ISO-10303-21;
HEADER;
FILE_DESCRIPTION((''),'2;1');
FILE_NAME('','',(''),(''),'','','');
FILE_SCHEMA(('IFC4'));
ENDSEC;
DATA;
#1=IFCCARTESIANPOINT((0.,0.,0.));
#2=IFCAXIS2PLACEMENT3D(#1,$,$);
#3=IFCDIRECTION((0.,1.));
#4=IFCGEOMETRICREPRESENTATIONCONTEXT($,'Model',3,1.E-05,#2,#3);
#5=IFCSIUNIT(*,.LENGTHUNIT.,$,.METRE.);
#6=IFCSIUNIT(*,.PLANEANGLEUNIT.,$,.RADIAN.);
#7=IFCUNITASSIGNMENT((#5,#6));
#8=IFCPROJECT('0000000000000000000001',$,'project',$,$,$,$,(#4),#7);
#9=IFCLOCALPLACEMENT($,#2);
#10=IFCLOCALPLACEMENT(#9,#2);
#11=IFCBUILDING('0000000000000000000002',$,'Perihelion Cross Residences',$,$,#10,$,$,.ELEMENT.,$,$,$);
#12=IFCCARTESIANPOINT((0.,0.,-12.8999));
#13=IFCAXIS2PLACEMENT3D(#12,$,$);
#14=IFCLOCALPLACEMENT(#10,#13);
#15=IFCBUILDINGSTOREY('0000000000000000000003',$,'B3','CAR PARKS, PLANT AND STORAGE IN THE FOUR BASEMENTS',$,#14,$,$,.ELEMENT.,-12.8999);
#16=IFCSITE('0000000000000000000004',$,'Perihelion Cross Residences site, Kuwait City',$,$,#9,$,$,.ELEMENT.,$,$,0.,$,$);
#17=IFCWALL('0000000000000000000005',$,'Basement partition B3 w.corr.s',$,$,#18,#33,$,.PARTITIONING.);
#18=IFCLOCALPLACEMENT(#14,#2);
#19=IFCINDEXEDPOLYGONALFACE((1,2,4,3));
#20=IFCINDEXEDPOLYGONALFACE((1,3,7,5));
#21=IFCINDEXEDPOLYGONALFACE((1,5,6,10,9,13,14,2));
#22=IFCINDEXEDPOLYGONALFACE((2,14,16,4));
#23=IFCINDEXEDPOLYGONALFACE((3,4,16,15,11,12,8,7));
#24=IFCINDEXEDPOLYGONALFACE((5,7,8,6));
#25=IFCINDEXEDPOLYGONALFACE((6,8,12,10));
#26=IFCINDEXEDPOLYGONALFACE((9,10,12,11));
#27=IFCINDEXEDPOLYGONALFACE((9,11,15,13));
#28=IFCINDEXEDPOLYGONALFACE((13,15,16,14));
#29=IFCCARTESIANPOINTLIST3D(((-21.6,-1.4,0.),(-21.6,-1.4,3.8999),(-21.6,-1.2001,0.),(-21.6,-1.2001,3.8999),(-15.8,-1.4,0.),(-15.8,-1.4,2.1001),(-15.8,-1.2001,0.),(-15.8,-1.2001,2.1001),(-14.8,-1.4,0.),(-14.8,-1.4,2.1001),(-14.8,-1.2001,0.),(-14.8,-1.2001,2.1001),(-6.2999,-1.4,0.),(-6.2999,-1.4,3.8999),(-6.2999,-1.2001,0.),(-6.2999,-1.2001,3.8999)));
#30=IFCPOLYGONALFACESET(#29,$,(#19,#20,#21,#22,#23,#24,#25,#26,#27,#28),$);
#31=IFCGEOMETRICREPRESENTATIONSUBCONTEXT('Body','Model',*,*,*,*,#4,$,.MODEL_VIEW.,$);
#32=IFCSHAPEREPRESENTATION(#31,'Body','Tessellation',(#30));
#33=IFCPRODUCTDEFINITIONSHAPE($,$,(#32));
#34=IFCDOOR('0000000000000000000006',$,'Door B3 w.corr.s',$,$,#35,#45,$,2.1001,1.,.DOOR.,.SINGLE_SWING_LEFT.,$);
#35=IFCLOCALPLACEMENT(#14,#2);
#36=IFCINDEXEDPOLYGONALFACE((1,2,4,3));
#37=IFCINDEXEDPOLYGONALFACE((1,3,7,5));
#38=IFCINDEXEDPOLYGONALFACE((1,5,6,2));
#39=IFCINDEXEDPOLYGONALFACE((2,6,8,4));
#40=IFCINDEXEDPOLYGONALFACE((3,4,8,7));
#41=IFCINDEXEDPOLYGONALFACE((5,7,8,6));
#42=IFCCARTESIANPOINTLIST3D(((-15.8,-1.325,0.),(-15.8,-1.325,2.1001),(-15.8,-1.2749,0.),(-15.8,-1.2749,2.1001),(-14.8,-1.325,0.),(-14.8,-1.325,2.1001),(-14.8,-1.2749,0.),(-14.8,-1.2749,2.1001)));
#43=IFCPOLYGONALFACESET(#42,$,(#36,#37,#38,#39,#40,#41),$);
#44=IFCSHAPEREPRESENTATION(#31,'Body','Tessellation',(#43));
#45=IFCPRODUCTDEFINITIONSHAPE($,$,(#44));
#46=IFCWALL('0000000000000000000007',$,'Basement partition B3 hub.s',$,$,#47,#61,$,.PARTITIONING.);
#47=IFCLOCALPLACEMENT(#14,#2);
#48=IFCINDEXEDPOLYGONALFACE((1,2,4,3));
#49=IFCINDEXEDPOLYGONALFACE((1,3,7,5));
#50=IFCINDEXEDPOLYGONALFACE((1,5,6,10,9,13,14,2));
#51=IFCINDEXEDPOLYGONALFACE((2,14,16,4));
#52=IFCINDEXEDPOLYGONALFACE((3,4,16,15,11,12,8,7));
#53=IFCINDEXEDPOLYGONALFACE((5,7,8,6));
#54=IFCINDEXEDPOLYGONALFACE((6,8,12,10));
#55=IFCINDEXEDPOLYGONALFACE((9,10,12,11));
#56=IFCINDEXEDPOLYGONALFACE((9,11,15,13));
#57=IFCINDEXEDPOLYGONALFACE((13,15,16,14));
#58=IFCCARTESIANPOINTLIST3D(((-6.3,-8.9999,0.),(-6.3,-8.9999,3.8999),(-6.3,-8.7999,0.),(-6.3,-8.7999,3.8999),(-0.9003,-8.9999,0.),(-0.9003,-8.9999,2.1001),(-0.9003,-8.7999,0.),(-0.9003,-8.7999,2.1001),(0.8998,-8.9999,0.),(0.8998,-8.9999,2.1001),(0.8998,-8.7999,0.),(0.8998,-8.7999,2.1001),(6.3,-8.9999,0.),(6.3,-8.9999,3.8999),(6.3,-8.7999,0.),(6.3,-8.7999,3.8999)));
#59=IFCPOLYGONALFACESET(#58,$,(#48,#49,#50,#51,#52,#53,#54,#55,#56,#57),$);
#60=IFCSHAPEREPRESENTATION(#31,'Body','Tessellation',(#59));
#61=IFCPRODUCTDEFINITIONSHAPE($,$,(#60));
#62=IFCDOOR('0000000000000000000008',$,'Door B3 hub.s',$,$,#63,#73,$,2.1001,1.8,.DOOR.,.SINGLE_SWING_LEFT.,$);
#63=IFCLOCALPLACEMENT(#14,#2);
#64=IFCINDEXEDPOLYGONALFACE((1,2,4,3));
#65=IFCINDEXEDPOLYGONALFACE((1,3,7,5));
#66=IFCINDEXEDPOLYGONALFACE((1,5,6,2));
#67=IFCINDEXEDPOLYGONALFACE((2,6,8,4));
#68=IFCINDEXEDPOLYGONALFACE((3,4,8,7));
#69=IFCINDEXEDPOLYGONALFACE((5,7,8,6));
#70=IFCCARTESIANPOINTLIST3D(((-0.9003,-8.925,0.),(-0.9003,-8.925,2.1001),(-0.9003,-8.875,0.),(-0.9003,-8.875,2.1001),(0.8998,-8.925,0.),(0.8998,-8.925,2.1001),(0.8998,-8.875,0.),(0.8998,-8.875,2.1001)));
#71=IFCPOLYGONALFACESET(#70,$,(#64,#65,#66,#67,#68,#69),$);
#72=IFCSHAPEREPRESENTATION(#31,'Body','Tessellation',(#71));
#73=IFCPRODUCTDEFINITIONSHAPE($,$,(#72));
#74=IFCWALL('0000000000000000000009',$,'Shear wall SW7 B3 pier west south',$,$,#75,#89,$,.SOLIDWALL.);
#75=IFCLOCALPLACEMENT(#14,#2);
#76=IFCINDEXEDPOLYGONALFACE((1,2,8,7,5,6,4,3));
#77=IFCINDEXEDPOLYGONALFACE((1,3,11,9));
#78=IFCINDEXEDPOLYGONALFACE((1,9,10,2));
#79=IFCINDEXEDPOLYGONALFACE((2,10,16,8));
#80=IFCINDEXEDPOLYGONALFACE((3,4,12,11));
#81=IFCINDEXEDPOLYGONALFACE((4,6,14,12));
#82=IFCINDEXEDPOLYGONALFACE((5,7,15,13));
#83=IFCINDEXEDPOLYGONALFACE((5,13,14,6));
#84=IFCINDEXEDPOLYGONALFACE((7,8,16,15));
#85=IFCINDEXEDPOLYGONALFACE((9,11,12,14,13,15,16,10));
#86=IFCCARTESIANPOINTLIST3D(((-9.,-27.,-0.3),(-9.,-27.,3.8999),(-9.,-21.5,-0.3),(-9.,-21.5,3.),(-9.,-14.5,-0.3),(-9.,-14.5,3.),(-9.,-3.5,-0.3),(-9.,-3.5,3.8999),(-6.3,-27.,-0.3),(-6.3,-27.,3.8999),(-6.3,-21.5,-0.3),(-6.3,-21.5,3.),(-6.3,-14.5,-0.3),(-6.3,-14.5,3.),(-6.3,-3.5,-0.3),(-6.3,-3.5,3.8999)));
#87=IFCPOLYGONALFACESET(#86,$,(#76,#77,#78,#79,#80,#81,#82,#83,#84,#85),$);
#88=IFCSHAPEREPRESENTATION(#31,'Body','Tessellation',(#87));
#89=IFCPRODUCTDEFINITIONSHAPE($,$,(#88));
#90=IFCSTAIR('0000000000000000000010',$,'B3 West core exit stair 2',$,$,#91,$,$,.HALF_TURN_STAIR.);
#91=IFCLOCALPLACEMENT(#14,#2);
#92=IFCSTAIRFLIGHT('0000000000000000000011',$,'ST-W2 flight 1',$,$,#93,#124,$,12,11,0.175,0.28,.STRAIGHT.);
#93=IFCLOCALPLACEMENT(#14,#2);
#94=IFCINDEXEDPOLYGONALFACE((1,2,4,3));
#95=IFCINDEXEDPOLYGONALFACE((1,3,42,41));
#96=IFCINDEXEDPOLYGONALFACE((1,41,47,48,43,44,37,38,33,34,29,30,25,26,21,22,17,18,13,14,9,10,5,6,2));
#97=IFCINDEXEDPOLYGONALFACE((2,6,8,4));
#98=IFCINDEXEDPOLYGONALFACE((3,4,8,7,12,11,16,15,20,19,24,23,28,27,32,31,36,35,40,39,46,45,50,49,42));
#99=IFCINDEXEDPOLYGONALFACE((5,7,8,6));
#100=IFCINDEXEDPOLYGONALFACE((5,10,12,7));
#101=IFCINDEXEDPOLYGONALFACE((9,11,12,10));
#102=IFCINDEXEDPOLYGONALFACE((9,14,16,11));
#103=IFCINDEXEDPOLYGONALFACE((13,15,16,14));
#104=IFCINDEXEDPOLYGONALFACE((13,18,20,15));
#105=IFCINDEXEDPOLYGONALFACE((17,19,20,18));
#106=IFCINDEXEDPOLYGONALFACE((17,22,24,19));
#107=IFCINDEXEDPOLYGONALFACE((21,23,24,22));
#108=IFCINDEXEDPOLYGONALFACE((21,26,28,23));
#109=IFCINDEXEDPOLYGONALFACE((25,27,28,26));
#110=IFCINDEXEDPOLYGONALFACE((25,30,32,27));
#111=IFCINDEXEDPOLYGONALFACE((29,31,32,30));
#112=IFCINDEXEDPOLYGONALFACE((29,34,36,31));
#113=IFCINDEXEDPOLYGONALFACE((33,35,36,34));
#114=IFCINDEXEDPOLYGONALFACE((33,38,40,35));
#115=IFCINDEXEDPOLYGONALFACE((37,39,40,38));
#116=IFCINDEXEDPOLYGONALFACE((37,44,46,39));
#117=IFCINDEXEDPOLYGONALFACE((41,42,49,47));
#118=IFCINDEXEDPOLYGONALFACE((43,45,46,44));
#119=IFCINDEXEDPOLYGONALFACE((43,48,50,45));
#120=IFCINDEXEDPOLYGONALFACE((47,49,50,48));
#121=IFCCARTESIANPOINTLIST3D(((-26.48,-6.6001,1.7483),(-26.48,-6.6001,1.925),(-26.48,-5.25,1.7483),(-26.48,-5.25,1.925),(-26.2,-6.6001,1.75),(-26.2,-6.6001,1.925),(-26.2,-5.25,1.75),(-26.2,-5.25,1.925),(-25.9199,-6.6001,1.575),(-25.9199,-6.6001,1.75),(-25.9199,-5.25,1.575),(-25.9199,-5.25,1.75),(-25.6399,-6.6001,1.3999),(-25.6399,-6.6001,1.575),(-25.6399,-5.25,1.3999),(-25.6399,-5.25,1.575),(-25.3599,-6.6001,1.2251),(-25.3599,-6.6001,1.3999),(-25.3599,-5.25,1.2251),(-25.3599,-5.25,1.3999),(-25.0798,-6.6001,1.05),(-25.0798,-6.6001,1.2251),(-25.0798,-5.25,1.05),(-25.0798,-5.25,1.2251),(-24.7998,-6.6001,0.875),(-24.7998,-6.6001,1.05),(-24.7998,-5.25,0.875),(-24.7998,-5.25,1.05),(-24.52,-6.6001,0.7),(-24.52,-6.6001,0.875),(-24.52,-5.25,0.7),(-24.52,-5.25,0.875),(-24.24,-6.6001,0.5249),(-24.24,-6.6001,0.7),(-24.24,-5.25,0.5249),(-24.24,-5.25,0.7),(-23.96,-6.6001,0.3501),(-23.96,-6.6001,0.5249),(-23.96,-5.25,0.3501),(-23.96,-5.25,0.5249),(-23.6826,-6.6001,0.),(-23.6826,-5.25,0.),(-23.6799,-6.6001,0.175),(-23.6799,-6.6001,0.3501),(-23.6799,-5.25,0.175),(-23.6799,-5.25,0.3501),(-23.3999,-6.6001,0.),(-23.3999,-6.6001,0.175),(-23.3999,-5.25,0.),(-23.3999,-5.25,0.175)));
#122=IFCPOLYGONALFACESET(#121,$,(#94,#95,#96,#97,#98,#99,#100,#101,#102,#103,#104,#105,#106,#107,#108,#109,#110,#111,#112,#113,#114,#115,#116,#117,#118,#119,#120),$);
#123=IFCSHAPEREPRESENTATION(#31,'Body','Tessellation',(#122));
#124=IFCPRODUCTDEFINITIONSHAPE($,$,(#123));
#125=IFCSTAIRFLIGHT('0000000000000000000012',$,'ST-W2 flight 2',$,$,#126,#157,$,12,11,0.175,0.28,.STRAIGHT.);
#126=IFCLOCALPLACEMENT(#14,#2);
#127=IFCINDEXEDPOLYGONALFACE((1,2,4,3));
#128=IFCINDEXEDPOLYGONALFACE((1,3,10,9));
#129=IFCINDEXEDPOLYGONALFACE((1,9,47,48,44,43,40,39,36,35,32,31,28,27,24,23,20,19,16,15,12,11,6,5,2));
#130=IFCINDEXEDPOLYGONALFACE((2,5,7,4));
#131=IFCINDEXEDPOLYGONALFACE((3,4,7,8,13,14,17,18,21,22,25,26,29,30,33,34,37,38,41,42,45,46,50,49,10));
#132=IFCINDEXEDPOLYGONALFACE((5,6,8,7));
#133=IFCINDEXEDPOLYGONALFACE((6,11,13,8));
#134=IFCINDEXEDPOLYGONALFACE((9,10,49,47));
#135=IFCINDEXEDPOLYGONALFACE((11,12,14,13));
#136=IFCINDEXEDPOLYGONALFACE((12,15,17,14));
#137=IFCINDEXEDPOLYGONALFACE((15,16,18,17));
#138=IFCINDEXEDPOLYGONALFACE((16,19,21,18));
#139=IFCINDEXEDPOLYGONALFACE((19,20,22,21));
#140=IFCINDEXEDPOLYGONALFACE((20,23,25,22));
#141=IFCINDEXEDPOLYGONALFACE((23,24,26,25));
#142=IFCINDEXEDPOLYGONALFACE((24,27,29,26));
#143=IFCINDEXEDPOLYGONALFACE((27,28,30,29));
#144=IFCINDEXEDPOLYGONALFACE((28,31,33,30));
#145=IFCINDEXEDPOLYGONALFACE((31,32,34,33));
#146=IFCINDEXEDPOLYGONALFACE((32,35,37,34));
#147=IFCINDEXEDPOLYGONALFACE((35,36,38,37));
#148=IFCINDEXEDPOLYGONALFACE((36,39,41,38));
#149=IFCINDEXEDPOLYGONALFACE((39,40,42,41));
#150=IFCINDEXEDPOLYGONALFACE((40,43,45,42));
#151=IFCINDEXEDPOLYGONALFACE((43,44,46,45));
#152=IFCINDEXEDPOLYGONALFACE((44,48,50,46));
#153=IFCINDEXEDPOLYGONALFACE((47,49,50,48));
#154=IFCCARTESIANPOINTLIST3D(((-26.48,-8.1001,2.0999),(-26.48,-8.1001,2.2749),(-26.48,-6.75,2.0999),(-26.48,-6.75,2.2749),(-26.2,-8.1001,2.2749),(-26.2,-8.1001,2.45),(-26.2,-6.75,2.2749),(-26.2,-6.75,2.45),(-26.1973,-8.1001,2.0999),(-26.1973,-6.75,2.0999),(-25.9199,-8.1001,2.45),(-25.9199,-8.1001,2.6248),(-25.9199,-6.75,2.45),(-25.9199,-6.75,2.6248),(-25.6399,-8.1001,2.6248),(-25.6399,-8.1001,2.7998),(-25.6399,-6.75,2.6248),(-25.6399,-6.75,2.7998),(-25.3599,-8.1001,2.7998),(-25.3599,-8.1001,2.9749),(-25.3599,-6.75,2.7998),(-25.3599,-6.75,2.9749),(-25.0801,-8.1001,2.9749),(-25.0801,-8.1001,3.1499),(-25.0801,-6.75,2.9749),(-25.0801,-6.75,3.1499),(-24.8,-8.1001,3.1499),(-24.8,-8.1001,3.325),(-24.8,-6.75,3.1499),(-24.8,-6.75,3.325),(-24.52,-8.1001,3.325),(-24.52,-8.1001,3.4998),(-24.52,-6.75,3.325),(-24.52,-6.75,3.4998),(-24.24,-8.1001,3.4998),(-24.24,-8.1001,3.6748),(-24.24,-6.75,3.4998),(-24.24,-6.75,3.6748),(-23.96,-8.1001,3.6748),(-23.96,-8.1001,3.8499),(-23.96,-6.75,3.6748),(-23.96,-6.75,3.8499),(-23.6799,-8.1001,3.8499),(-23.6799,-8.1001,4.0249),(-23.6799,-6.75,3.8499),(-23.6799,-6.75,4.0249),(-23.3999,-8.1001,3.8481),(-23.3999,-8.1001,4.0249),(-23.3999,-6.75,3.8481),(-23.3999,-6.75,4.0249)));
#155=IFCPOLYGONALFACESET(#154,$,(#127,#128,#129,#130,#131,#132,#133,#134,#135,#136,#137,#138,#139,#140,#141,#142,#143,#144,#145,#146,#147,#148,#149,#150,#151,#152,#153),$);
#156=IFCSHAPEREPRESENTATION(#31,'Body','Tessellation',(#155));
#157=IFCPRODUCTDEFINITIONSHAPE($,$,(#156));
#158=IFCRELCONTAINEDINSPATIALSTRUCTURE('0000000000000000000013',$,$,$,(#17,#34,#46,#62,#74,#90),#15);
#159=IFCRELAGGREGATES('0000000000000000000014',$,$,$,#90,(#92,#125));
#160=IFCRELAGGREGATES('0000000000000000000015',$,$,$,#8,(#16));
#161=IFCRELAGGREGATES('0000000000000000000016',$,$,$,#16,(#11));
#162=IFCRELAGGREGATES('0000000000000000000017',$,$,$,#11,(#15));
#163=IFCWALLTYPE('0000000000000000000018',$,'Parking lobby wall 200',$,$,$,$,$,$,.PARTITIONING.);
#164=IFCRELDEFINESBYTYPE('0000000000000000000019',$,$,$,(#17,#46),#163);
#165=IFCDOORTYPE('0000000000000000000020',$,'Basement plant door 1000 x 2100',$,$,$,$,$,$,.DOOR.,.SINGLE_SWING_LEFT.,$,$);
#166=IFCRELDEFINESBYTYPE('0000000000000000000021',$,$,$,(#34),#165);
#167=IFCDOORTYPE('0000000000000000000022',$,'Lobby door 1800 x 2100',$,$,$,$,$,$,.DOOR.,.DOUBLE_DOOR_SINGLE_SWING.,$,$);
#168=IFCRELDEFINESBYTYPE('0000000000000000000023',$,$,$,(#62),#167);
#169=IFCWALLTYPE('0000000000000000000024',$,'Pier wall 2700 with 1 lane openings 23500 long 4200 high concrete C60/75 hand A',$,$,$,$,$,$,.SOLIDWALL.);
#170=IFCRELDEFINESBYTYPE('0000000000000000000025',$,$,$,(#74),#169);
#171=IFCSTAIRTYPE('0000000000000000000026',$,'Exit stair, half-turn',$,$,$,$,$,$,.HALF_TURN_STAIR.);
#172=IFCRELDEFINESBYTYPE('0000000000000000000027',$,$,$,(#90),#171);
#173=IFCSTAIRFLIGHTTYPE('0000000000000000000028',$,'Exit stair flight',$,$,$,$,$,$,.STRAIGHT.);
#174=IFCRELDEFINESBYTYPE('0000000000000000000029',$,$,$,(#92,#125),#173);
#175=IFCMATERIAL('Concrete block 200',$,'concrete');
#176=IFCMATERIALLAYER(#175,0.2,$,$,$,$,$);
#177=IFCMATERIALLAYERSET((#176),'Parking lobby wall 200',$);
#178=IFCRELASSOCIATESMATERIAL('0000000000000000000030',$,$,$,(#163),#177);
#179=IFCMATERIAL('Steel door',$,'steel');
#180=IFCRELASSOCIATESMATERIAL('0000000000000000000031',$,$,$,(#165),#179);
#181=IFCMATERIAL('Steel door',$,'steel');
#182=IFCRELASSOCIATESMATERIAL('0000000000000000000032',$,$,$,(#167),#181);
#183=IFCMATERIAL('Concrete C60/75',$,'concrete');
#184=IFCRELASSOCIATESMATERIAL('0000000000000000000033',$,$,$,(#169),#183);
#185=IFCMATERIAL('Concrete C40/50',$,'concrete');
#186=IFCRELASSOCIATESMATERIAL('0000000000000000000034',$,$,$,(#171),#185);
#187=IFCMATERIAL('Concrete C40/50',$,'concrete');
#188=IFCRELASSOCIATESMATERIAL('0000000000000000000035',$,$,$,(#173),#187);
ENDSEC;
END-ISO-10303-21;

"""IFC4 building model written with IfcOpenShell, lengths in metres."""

from ifc_helpers import new_model, si_unit, direction, frame, frame_2d, origin, place, context, subcontext, project, spatial, polyline, rectangle, outline, extrude, material, layer, layer_set, material_profile, profile_set, type_object, element, fill, aggregate, save


model = new_model("IFC4")

# Units and contexts
model_context = context("Model", 3, precision=1e-05, world=origin(), true_north=direction((0.0, 1.0)))
body_context = subcontext(model_context, "Body", "Model", "MODEL_VIEW")
ifc_project = project(units=[si_unit("LENGTHUNIT", "METRE"), si_unit("PLANEANGLEUNIT", "RADIAN")], contexts=[model_context])

# Site, building, storey
site_placement = place(None, origin())
site = spatial("IfcSite", under=ifc_project, at=site_placement, Name="Perihelion Cross Residences site, Kuwait City", CompositionType="ELEMENT", RefElevation=0.0)
building_placement = place(site_placement, origin())
building = spatial("IfcBuilding", under=site, at=building_placement, Name="Perihelion Cross Residences", CompositionType="ELEMENT")
storey_placement = place(building_placement, frame((0.0, 0.0, -12.8999)))
storey = spatial("IfcBuildingStorey", under=building, at=storey_placement, Name="B3", Description="CAR PARKS, PLANT AND STORAGE IN THE FOUR BASEMENTS", CompositionType="ELEMENT", Elevation=-12.8999)

# Walls, openings, doors
ifc_material_1 = material(Name="Concrete block 200", Category="concrete")
ifc_layer_1 = layer(ifc_material_1, 0.2)
ifc_layer_set_1 = layer_set([ifc_layer_1], Name="Parking lobby wall 200")
wall_type_1 = type_object("IfcWallType", Name="Parking lobby wall 200", PredefinedType="PARTITIONING", material=ifc_layer_set_1)
wall_1_placement = place(storey_placement, frame((-6.3, -1.3, 0.0), z_axis=(0.0, 0.0, 1.0), x_axis=(-1.0, 0.0, 0.0)))
wall_1 = element("IfcWall", 1, at=wall_1_placement, inside=storey, type_object=wall_type_1, Name="Basement partition B3 w.corr.s", PredefinedType="PARTITIONING", context=body_context, shape_type="SweptSolid", body=[
    extrude(rectangle(XDim=15.3, YDim=0.2, at=frame_2d((7.6499, 0.0))), origin(), (0.0, 0.0, 1.0), 3.8999),
])
opening_1_placement = place(wall_1_placement, frame((8.5, 0.0, 0.0)))
opening_1 = element("IfcOpeningElement", 2, at=opening_1_placement, cuts=wall_1, PredefinedType="OPENING", context=body_context, shape_type="SweptSolid", body=[
    extrude(rectangle(XDim=1.0, YDim=2.1001, at=frame_2d((0.5, 1.05))), frame((0.0, 0.1099, 0.0), z_axis=(0.0, -1.0, 0.0), x_axis=(1.0, 0.0, 0.0)), (0.0, 0.0, 1.0), 0.22),
])
ifc_material_2 = material(Name="Steel door", Category="steel")
door_type_1 = type_object("IfcDoorType", Name="Basement plant door 1000 x 2100", OperationType="SINGLE_SWING_LEFT", PredefinedType="DOOR", material=ifc_material_2)
door_1_placement = place(opening_1_placement, origin())
door_1 = element("IfcDoor", 3, at=door_1_placement, inside=storey, type_object=door_type_1, Name="Door B3 w.corr.s", OperationType="SINGLE_SWING_LEFT", OverallHeight=2.1001, OverallWidth=1.0, PredefinedType="DOOR", context=body_context, shape_type="SweptSolid", body=[
    extrude(rectangle(XDim=1.0, YDim=2.1001, at=frame_2d((0.5, 1.05))), frame((0.0, 0.0249, 0.0), z_axis=(0.0, -1.0, 0.0), x_axis=(1.0, 0.0, 0.0)), (0.0, 0.0, 1.0), 0.05),
])
fill(opening_1, door_1)
wall_2_placement = place(storey_placement, frame((-6.3, -8.8999, 0.0), z_axis=(0.0, 0.0, 1.0), x_axis=(1.0, 0.0, 0.0)))
wall_2 = element("IfcWall", 4, at=wall_2_placement, inside=storey, type_object=wall_type_1, Name="Basement partition B3 hub.s", PredefinedType="PARTITIONING", context=body_context, shape_type="SweptSolid", body=[
    extrude(rectangle(XDim=12.6001, YDim=0.2, at=frame_2d((6.3, 0.0))), origin(), (0.0, 0.0, 1.0), 3.8999),
])
opening_2_placement = place(wall_2_placement, frame((5.3999, 0.0, 0.0)))
opening_2 = element("IfcOpeningElement", 5, at=opening_2_placement, cuts=wall_2, PredefinedType="OPENING", context=body_context, shape_type="SweptSolid", body=[
    extrude(rectangle(XDim=1.8, YDim=2.1001, at=frame_2d((0.8999, 1.05))), frame((0.0, 0.1099, 0.0), z_axis=(0.0, -1.0, 0.0), x_axis=(1.0, 0.0, 0.0)), (0.0, 0.0, 1.0), 0.22),
])
ifc_material_3 = material(Name="Steel door", Category="steel")
door_type_2 = type_object("IfcDoorType", Name="Lobby door 1800 x 2100", OperationType="DOUBLE_DOOR_SINGLE_SWING", PredefinedType="DOOR", material=ifc_material_3)
door_2_placement = place(opening_2_placement, origin())
door_2 = element("IfcDoor", 6, at=door_2_placement, inside=storey, type_object=door_type_2, Name="Door B3 hub.s", OperationType="SINGLE_SWING_LEFT", OverallHeight=2.1001, OverallWidth=1.8, PredefinedType="DOOR", context=body_context, shape_type="SweptSolid", body=[
    extrude(rectangle(XDim=1.8, YDim=2.1001, at=frame_2d((0.8999, 1.05))), frame((0.0, 0.0249, 0.0), z_axis=(0.0, -1.0, 0.0), x_axis=(1.0, 0.0, 0.0)), (0.0, 0.0, 1.0), 0.05),
])
fill(opening_2, door_2)

# Wall
ifc_material_4 = material(Name="Concrete C60/75", Category="concrete")
ifc_material_profile_1 = material_profile(ifc_material_4, outline(polyline([(0.0, 0.0), (5.5, 0.0), (5.5, 3.3), (12.5, 3.3), (12.5, 0.0), (23.5, 0.0), (23.5, 4.2), (0.0, 4.2), (0.0, 0.0)])), Name="Pier wall")
ifc_profile_set_1 = profile_set([ifc_material_profile_1], Name="Concrete C60/75")
wall_type_2 = type_object("IfcWallType", Name="Pier wall 2700 with 1 lane openings 23500 long 4200 high concrete C60/75 hand A", PredefinedType="SOLIDWALL", material=ifc_profile_set_1)
wall_3_placement = place(storey_placement, frame((-9.0, -27.0, -0.3), z_axis=(1.0, 0.0, 0.0), x_axis=(0.0, 1.0, 0.0)))
element("IfcWall", 7, at=wall_3_placement, inside=storey, type_object=wall_type_2, Name="Shear wall SW7 B3 pier west south", PredefinedType="SOLIDWALL", context=body_context, shape_type="SweptSolid", body=[
    extrude(outline(polyline([(0.0, 0.0), (5.5, 0.0), (5.5, 3.3), (12.5, 3.3), (12.5, 0.0), (23.5, 0.0), (23.5, 4.2), (0.0, 4.2), (0.0, 0.0)])), origin(), (0.0, 0.0, 1.0), 2.7),
])

# Stair, stair flights
ifc_material_5 = material(Name="Concrete C40/50", Category="concrete")
stair_type = type_object("IfcStairType", Name="Exit stair, half-turn", PredefinedType="HALF_TURN_STAIR", material=ifc_material_5)
stair_placement = place(storey_placement, origin())
stair = element("IfcStair", 8, at=stair_placement, inside=storey, type_object=stair_type, Name="B3 West core exit stair 2", PredefinedType="HALF_TURN_STAIR")
ifc_material_6 = material(Name="Concrete C40/50", Category="concrete")
stair_flight_type = type_object("IfcStairFlightType", Name="Exit stair flight", PredefinedType="STRAIGHT", material=ifc_material_6)
stair_flight_1_placement = place(storey_placement, frame((-23.3999, -5.925, 0.0), z_axis=(0.0, 0.0, 1.0), x_axis=(-1.0, 0.0, 0.0)))
stair_flight_1 = element("IfcStairFlight", 9, at=stair_flight_1_placement, type_object=stair_flight_type, Name="ST-W2 flight 1", NumberOfRisers=12, NumberOfTreads=11, PredefinedType="STRAIGHT", RiserHeight=0.175, TreadLength=0.28, context=body_context, shape_type="SweptSolid", body=[
    extrude(outline(polyline([(0.0, 0.0), (0.0, 0.175), (0.28, 0.175), (0.28, 0.3501), (0.5601, 0.3501), (0.5601, 0.5249), (0.8401, 0.5249), (0.8401, 0.7), (1.1201, 0.7), (1.1201, 0.875), (1.3999, 0.875), (1.3999, 1.05), (1.6799, 1.05), (1.6799, 1.2251), (1.96, 1.2251), (1.96, 1.3999), (2.24, 1.3999), (2.24, 1.575), (2.52, 1.575), (2.52, 1.75), (2.8, 1.75), (2.8, 1.925), (3.0801, 1.925), (3.0801, 2.1001), (3.0801, 1.7483), (0.2827, 0.0), (0.0, 0.0)])), frame((0.0, 0.675, 0.0), z_axis=(0.0, -1.0, 0.0), x_axis=(1.0, 0.0, 0.0)), (0.0, 0.0, 1.0), 1.3501),
])
stair_flight_2_placement = place(storey_placement, frame((-26.48, -7.425, 2.0999), z_axis=(0.0, 0.0, 1.0), x_axis=(1.0, 0.0, 0.0)))
stair_flight_2 = element("IfcStairFlight", 10, at=stair_flight_2_placement, type_object=stair_flight_type, Name="ST-W2 flight 2", NumberOfRisers=12, NumberOfTreads=11, PredefinedType="STRAIGHT", RiserHeight=0.175, TreadLength=0.28, context=body_context, shape_type="SweptSolid", body=[
    extrude(outline(polyline([(0.0, 0.0), (0.0, 0.175), (0.28, 0.175), (0.28, 0.3501), (0.5601, 0.3501), (0.5601, 0.5249), (0.8401, 0.5249), (0.8401, 0.7), (1.1201, 0.7), (1.1201, 0.875), (1.3999, 0.875), (1.3999, 1.05), (1.6799, 1.05), (1.6799, 1.2251), (1.96, 1.2251), (1.96, 1.3999), (2.24, 1.3999), (2.24, 1.575), (2.52, 1.575), (2.52, 1.75), (2.8, 1.75), (2.8, 1.925), (3.0801, 1.925), (3.0801, 2.1001), (3.0801, 1.7483), (0.2827, 0.0), (0.0, 0.0)])), frame((0.0, 0.675, 0.0), z_axis=(0.0, -1.0, 0.0), x_axis=(1.0, 0.0, 0.0)), (0.0, 0.0, 1.0), 1.3501),
])
aggregate(stair, [stair_flight_1, stair_flight_2])

save(model, "model.ifc")
